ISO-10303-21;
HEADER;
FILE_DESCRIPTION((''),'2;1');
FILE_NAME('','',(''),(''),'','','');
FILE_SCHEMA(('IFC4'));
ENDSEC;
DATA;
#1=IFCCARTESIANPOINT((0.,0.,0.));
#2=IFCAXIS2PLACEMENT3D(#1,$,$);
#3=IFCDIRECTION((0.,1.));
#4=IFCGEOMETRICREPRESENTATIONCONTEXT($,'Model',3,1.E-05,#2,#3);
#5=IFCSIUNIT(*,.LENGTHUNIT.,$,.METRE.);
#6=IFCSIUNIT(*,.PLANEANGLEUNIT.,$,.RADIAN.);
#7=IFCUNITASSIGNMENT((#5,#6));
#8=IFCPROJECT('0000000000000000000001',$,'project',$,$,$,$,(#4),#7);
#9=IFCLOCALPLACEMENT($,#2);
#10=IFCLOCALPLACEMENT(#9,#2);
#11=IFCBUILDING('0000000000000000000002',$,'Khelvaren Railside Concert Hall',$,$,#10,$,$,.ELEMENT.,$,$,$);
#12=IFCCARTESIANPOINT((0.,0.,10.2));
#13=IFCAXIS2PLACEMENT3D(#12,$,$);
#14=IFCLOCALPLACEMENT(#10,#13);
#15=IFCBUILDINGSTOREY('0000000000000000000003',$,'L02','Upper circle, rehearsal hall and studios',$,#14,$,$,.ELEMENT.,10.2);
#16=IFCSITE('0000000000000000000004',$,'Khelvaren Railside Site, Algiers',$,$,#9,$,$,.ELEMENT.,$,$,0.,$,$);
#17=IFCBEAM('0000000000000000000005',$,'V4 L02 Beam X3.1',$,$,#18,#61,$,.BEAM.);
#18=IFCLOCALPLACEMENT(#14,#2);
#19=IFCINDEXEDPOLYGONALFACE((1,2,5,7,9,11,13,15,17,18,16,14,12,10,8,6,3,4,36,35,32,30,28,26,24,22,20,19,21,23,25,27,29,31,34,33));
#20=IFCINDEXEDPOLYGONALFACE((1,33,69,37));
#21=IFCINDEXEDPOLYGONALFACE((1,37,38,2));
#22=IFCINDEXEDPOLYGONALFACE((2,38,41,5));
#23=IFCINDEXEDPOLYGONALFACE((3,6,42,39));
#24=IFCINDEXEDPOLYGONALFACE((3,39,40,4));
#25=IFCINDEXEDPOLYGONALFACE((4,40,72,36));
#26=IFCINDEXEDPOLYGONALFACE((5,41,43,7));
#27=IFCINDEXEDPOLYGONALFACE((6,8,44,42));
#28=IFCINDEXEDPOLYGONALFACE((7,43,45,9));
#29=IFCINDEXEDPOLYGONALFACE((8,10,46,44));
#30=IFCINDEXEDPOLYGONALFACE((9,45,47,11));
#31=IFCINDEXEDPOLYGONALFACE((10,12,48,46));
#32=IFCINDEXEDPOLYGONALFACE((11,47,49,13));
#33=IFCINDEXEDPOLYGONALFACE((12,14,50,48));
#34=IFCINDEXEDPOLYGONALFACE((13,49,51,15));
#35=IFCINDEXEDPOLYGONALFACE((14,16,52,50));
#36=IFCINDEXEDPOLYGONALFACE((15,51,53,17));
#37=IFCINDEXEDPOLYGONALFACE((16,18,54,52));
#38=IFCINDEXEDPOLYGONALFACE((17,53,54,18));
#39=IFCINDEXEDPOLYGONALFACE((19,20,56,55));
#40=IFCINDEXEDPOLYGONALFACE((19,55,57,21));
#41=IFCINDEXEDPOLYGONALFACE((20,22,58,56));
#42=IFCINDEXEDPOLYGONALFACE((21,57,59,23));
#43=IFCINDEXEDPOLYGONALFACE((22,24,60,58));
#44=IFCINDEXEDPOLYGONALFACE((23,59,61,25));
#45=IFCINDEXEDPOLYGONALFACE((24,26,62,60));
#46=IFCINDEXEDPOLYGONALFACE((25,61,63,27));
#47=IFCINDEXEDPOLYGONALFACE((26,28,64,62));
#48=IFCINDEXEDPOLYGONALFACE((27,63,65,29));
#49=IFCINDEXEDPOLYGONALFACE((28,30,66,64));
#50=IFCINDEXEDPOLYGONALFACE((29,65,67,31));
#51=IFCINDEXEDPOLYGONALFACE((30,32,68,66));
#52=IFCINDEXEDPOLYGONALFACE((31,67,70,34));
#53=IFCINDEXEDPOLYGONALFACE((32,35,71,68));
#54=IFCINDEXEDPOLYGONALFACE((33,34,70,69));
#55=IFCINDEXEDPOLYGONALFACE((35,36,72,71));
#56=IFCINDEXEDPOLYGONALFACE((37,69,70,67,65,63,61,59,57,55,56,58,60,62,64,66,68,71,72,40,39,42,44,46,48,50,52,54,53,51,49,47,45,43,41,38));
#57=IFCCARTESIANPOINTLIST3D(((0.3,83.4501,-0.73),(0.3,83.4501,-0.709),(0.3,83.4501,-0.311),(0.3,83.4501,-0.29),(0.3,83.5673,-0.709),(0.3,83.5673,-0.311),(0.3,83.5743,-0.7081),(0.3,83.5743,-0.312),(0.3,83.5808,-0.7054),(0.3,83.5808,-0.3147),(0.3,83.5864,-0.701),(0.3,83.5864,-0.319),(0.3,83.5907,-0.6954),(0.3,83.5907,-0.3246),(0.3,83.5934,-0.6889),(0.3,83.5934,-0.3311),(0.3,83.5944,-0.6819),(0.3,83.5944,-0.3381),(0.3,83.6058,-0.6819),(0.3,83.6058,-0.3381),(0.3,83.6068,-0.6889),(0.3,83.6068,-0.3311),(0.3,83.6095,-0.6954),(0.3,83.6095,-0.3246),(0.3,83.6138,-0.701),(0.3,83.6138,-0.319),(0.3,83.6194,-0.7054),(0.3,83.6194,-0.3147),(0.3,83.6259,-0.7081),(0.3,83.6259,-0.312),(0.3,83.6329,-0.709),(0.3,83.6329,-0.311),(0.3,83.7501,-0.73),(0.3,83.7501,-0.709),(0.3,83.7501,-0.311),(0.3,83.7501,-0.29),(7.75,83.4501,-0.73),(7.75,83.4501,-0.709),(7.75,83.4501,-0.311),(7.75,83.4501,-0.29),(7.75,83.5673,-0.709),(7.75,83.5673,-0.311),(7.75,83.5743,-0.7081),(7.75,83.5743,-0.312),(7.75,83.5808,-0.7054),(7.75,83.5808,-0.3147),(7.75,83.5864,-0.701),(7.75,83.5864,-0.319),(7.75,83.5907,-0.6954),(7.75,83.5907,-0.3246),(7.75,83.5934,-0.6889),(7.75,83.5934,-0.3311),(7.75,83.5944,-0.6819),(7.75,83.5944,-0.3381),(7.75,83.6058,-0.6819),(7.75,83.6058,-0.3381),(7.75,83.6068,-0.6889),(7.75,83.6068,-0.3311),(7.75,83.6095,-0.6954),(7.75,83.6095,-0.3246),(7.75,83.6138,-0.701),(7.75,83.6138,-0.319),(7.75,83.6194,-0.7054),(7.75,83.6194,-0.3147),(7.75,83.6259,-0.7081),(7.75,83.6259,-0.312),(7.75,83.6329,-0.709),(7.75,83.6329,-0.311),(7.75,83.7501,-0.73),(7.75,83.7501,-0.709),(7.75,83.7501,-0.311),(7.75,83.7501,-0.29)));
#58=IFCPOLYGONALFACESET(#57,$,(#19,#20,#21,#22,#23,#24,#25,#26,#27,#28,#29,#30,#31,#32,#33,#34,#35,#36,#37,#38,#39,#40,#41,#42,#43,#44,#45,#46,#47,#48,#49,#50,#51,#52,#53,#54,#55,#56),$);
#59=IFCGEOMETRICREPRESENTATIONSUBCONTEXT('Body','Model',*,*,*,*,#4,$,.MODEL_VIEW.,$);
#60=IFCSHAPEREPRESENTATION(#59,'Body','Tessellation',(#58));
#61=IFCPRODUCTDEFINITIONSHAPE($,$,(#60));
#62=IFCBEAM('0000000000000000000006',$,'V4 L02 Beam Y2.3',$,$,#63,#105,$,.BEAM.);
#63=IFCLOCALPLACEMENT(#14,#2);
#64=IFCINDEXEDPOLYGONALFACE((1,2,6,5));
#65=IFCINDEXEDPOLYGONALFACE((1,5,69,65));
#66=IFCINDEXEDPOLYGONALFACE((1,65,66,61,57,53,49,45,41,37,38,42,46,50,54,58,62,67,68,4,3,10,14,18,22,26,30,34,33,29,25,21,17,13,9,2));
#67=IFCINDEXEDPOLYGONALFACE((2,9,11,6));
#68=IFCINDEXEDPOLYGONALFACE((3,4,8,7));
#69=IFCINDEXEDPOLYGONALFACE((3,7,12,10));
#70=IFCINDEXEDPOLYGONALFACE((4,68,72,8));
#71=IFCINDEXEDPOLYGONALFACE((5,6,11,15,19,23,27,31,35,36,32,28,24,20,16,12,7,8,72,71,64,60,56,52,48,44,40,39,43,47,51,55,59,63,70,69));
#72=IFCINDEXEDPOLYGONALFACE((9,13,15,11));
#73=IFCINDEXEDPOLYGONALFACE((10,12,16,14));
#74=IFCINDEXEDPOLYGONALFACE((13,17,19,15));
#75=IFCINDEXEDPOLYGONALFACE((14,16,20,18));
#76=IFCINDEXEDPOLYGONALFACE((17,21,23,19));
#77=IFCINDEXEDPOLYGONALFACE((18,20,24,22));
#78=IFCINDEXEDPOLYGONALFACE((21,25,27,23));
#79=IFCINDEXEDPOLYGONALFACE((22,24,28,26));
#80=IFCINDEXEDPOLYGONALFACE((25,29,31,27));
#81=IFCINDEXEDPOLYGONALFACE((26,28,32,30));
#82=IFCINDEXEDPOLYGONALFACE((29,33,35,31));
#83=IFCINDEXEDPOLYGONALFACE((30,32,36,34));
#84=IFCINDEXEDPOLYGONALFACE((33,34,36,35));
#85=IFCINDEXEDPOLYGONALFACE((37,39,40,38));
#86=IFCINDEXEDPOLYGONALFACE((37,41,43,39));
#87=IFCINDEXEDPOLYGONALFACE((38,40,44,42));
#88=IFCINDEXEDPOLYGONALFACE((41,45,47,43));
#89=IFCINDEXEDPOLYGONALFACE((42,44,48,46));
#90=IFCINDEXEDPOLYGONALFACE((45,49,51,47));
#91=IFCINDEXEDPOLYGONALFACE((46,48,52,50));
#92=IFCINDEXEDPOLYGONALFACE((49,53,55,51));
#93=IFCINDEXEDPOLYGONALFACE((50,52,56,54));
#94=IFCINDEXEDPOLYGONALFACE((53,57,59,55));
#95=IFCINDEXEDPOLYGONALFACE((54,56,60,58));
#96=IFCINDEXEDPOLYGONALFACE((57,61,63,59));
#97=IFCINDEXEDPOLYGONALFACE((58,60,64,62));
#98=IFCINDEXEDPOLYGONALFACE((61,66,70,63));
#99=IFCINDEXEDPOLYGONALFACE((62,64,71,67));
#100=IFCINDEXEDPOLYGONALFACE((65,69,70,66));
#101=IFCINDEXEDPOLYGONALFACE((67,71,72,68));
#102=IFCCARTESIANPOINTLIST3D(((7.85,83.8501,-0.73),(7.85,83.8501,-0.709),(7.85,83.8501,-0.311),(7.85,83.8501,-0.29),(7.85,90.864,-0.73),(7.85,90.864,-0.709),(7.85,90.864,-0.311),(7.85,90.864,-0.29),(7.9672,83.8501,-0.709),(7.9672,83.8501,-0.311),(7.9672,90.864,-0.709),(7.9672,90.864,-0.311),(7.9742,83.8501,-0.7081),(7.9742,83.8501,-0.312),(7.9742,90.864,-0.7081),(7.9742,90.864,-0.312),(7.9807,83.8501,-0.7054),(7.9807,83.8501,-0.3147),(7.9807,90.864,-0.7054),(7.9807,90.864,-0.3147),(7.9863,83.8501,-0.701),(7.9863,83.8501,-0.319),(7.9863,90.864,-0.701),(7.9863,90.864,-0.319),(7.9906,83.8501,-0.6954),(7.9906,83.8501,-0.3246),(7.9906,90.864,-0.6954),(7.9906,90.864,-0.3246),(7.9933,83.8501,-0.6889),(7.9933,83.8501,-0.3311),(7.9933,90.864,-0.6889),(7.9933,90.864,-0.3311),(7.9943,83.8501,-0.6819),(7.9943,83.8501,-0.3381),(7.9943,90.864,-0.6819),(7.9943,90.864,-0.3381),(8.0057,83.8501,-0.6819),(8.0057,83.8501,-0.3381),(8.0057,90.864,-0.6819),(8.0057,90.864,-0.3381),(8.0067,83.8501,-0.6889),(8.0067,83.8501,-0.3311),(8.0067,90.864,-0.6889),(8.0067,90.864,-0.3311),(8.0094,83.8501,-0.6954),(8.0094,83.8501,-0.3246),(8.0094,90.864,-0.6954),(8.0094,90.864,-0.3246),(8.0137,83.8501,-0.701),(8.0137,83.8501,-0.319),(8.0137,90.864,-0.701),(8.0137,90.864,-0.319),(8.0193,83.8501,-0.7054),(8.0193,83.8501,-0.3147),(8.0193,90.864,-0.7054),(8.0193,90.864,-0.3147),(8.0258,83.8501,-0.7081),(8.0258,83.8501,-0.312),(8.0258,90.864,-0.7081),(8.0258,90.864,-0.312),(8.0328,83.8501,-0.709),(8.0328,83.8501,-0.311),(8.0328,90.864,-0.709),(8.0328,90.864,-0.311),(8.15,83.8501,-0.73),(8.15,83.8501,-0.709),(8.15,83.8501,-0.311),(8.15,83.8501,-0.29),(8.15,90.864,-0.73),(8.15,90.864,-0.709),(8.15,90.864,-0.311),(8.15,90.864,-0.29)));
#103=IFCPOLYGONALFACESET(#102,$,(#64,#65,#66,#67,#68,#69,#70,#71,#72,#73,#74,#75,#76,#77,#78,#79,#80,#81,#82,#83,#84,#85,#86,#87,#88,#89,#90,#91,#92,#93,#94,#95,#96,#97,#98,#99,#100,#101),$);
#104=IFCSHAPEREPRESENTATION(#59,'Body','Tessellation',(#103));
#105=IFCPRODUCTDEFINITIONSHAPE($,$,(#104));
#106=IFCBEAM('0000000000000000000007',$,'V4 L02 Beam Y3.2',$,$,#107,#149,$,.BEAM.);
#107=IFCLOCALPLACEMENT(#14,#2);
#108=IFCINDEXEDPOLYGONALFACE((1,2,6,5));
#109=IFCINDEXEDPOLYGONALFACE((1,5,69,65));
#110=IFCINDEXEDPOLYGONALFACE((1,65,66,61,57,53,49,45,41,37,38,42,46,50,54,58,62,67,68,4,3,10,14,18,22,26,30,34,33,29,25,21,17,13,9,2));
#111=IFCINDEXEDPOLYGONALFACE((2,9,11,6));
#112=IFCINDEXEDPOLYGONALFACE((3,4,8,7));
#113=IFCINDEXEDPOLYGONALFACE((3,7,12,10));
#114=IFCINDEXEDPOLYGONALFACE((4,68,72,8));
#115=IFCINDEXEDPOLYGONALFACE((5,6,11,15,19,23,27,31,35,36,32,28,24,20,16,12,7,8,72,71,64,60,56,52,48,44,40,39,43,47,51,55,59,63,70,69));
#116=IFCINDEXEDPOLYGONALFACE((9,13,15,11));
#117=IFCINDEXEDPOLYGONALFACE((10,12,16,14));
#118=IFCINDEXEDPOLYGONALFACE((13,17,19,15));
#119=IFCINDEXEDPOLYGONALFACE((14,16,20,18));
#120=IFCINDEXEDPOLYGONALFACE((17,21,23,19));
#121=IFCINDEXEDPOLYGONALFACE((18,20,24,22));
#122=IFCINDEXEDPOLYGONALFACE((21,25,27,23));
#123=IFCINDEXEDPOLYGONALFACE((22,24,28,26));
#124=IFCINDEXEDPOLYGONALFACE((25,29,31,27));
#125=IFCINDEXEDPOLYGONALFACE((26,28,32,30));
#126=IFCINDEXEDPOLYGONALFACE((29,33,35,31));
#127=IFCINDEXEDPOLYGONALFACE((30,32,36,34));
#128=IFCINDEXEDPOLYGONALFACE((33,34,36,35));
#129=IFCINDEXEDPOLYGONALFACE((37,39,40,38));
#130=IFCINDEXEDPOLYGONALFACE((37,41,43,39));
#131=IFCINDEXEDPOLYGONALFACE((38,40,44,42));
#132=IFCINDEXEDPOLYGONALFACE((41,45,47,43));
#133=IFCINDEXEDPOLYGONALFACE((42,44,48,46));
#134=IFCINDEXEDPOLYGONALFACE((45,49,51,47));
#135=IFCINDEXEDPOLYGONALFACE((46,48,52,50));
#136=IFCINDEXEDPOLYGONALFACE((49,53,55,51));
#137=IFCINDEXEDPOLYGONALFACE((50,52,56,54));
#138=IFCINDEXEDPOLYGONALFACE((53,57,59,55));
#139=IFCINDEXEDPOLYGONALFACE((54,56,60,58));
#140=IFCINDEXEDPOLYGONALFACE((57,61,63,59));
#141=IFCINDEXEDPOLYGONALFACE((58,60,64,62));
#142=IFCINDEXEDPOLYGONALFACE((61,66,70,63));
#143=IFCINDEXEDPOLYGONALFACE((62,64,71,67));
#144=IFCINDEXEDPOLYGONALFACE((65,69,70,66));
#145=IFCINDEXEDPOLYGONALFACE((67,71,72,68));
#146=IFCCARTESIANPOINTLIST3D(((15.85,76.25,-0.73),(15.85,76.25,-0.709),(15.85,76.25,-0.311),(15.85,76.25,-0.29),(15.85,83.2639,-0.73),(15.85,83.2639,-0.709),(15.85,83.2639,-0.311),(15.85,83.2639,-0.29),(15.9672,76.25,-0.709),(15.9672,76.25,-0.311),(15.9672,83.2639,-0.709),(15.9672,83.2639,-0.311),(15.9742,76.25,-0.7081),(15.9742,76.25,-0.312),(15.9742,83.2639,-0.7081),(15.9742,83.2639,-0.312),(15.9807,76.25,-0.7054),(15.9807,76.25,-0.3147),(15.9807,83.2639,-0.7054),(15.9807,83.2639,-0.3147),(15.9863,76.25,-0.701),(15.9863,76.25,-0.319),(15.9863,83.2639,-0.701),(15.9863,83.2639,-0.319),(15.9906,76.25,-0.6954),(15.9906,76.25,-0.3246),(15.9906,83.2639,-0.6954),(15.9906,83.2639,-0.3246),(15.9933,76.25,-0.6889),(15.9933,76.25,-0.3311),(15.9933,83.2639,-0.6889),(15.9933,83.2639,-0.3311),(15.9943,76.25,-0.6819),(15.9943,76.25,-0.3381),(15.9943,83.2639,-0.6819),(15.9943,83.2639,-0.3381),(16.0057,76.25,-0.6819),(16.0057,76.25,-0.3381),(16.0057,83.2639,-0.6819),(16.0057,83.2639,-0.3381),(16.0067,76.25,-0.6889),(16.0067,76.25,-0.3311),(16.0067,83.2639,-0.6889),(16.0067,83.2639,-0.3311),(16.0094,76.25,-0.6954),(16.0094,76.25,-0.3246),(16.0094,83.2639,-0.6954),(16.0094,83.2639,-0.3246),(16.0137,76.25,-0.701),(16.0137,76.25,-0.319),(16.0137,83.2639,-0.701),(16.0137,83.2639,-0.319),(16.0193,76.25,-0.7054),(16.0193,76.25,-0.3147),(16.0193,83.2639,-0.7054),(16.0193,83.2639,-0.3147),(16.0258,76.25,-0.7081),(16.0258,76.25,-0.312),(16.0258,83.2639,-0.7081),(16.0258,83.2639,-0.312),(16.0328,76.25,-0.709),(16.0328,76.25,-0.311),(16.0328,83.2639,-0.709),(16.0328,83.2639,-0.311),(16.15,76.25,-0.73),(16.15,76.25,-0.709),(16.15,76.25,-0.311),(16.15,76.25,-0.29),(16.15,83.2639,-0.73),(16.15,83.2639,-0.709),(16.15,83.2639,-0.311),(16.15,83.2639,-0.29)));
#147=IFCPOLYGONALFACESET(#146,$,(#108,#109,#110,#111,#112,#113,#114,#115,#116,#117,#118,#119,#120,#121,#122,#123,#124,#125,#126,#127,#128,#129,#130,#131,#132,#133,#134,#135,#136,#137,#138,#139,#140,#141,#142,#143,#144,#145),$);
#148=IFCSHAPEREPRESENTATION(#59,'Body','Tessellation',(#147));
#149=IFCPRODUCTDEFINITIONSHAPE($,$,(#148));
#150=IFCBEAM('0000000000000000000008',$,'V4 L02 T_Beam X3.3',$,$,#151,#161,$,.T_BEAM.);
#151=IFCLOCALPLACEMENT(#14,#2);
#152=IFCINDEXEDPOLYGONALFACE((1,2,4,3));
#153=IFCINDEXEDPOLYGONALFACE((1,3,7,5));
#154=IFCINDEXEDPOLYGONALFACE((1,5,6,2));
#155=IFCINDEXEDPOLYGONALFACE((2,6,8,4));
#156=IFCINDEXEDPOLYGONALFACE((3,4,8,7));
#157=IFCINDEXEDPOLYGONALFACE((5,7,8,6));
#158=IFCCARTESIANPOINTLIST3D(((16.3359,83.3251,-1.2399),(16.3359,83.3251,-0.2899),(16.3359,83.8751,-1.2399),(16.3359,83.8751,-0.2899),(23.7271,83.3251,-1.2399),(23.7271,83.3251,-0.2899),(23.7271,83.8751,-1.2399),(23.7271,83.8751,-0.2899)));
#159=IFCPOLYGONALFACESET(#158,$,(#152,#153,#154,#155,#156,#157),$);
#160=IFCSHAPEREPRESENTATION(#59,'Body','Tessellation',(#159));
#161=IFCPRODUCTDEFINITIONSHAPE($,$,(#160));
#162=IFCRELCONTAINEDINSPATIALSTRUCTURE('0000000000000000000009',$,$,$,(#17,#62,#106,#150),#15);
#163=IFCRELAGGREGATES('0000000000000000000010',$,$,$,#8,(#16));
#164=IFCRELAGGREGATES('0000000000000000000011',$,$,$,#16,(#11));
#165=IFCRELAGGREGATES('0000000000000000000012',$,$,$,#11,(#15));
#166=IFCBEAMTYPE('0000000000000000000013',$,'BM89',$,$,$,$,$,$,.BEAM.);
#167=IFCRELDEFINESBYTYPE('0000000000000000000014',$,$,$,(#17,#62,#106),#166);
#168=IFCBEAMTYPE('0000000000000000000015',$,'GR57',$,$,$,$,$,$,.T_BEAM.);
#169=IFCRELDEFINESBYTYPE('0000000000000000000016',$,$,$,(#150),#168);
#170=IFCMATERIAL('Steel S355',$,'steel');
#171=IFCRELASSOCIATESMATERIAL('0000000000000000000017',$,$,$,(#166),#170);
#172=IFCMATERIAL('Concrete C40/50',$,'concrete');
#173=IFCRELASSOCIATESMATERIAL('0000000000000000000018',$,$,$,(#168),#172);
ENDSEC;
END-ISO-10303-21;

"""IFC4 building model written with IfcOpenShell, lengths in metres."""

from ifc_helpers import new_model, si_unit, direction, frame, origin, origin_2d, place, context, subcontext, project, spatial, rectangle, i_section, extrude, material, material_profile, profile_set, type_object, element, save


model = new_model("IFC4")

# Units and contexts
model_context = context("Model", 3, precision=1e-05, world=origin(), true_north=direction((0.0, 1.0)))
body_context = subcontext(model_context, "Body", "Model", "MODEL_VIEW")
ifc_project = project(units=[si_unit("LENGTHUNIT", "METRE"), si_unit("PLANEANGLEUNIT", "RADIAN")], contexts=[model_context])

# Site, building, storey
site_placement = place(None, origin())
site = spatial("IfcSite", under=ifc_project, at=site_placement, Name="Khelvaren Railside Site, Algiers", CompositionType="ELEMENT", RefElevation=0.0)
building_placement = place(site_placement, origin())
building = spatial("IfcBuilding", under=site, at=building_placement, Name="Khelvaren Railside Concert Hall", CompositionType="ELEMENT")
storey_placement = place(building_placement, frame((0.0, 0.0, 10.2)))
storey = spatial("IfcBuildingStorey", under=building, at=storey_placement, Name="L02", Description="Upper circle, rehearsal hall and studios", CompositionType="ELEMENT", Elevation=10.2)

# Beams
ifc_material_1 = material(Name="Steel S355", Category="steel")
ifc_material_2 = material(Name="Concrete C40/50", Category="concrete")
ifc_material_profile_1 = material_profile(ifc_material_1, i_section(OverallWidth=0.3, OverallDepth=0.4399, WebThickness=0.0115, FlangeThickness=0.021, FilletRadius=0.0271, at=origin_2d()), Name="HEA 450")
ifc_profile_set_1 = profile_set([ifc_material_profile_1], Name="Steel S355")
beam_type_1 = type_object("IfcBeamType", Name="BM89", PredefinedType="BEAM", material=ifc_profile_set_1)
beam_1_placement = place(storey_placement, frame((0.3, 83.6001, -0.51), z_axis=(1.0, 0.0, 0.0), x_axis=(0.0, 1.0, 0.0)))
element("IfcBeam", 1, at=beam_1_placement, inside=storey, type_object=beam_type_1, Name="V4 L02 Beam X3.1", PredefinedType="BEAM", context=body_context, shape_type="SweptSolid", body=[
    extrude(i_section(OverallWidth=0.3, OverallDepth=0.4399, WebThickness=0.0115, FlangeThickness=0.021, FilletRadius=0.0271, at=origin_2d()), origin(), (0.0, 0.0, 1.0), 7.45),
])
for number, where, z_axis, x_axis, name in (
    (2, (8.0, 83.8501, -0.51), (0.0, 1.0, 0.0), (-1.0, 0.0, 0.0), "V4 L02 Beam Y2.3"),
    (3, (16.0, 76.25, -0.51), (0.0, 1.0, 0.0), (-1.0, 0.0, 0.0), "V4 L02 Beam Y3.2"),
):
    element("IfcBeam", number, at=place(storey_placement, frame(where, z_axis=z_axis, x_axis=x_axis)), inside=storey, type_object=beam_type_1, Name=name, PredefinedType="BEAM", context=body_context, shape_type="SweptSolid", body=[
        extrude(i_section(OverallWidth=0.3, OverallDepth=0.4399, WebThickness=0.0115, FlangeThickness=0.021, FilletRadius=0.0271, at=origin_2d()), origin(), (0.0, 0.0, 1.0), 7.0139),
    ])
ifc_material_profile_2 = material_profile(ifc_material_2, rectangle(XDim=0.55, YDim=0.95, at=origin_2d()), Name="RCB 550x950")
ifc_profile_set_2 = profile_set([ifc_material_profile_2], Name="Concrete C40/50")
beam_type_2 = type_object("IfcBeamType", Name="GR57", PredefinedType="T_BEAM", material=ifc_profile_set_2)
beam_2_placement = place(storey_placement, frame((16.3359, 83.6001, -0.7649), z_axis=(1.0, 0.0, 0.0), x_axis=(0.0, 1.0, 0.0)))
element("IfcBeam", 4, at=beam_2_placement, inside=storey, type_object=beam_type_2, Name="V4 L02 T_Beam X3.3", PredefinedType="T_BEAM", context=body_context, shape_type="SweptSolid", body=[
    extrude(rectangle(XDim=0.55, YDim=0.95, at=origin_2d()), origin(), (0.0, 0.0, 1.0), 7.3911),
])

save(model, "model.ifc")
